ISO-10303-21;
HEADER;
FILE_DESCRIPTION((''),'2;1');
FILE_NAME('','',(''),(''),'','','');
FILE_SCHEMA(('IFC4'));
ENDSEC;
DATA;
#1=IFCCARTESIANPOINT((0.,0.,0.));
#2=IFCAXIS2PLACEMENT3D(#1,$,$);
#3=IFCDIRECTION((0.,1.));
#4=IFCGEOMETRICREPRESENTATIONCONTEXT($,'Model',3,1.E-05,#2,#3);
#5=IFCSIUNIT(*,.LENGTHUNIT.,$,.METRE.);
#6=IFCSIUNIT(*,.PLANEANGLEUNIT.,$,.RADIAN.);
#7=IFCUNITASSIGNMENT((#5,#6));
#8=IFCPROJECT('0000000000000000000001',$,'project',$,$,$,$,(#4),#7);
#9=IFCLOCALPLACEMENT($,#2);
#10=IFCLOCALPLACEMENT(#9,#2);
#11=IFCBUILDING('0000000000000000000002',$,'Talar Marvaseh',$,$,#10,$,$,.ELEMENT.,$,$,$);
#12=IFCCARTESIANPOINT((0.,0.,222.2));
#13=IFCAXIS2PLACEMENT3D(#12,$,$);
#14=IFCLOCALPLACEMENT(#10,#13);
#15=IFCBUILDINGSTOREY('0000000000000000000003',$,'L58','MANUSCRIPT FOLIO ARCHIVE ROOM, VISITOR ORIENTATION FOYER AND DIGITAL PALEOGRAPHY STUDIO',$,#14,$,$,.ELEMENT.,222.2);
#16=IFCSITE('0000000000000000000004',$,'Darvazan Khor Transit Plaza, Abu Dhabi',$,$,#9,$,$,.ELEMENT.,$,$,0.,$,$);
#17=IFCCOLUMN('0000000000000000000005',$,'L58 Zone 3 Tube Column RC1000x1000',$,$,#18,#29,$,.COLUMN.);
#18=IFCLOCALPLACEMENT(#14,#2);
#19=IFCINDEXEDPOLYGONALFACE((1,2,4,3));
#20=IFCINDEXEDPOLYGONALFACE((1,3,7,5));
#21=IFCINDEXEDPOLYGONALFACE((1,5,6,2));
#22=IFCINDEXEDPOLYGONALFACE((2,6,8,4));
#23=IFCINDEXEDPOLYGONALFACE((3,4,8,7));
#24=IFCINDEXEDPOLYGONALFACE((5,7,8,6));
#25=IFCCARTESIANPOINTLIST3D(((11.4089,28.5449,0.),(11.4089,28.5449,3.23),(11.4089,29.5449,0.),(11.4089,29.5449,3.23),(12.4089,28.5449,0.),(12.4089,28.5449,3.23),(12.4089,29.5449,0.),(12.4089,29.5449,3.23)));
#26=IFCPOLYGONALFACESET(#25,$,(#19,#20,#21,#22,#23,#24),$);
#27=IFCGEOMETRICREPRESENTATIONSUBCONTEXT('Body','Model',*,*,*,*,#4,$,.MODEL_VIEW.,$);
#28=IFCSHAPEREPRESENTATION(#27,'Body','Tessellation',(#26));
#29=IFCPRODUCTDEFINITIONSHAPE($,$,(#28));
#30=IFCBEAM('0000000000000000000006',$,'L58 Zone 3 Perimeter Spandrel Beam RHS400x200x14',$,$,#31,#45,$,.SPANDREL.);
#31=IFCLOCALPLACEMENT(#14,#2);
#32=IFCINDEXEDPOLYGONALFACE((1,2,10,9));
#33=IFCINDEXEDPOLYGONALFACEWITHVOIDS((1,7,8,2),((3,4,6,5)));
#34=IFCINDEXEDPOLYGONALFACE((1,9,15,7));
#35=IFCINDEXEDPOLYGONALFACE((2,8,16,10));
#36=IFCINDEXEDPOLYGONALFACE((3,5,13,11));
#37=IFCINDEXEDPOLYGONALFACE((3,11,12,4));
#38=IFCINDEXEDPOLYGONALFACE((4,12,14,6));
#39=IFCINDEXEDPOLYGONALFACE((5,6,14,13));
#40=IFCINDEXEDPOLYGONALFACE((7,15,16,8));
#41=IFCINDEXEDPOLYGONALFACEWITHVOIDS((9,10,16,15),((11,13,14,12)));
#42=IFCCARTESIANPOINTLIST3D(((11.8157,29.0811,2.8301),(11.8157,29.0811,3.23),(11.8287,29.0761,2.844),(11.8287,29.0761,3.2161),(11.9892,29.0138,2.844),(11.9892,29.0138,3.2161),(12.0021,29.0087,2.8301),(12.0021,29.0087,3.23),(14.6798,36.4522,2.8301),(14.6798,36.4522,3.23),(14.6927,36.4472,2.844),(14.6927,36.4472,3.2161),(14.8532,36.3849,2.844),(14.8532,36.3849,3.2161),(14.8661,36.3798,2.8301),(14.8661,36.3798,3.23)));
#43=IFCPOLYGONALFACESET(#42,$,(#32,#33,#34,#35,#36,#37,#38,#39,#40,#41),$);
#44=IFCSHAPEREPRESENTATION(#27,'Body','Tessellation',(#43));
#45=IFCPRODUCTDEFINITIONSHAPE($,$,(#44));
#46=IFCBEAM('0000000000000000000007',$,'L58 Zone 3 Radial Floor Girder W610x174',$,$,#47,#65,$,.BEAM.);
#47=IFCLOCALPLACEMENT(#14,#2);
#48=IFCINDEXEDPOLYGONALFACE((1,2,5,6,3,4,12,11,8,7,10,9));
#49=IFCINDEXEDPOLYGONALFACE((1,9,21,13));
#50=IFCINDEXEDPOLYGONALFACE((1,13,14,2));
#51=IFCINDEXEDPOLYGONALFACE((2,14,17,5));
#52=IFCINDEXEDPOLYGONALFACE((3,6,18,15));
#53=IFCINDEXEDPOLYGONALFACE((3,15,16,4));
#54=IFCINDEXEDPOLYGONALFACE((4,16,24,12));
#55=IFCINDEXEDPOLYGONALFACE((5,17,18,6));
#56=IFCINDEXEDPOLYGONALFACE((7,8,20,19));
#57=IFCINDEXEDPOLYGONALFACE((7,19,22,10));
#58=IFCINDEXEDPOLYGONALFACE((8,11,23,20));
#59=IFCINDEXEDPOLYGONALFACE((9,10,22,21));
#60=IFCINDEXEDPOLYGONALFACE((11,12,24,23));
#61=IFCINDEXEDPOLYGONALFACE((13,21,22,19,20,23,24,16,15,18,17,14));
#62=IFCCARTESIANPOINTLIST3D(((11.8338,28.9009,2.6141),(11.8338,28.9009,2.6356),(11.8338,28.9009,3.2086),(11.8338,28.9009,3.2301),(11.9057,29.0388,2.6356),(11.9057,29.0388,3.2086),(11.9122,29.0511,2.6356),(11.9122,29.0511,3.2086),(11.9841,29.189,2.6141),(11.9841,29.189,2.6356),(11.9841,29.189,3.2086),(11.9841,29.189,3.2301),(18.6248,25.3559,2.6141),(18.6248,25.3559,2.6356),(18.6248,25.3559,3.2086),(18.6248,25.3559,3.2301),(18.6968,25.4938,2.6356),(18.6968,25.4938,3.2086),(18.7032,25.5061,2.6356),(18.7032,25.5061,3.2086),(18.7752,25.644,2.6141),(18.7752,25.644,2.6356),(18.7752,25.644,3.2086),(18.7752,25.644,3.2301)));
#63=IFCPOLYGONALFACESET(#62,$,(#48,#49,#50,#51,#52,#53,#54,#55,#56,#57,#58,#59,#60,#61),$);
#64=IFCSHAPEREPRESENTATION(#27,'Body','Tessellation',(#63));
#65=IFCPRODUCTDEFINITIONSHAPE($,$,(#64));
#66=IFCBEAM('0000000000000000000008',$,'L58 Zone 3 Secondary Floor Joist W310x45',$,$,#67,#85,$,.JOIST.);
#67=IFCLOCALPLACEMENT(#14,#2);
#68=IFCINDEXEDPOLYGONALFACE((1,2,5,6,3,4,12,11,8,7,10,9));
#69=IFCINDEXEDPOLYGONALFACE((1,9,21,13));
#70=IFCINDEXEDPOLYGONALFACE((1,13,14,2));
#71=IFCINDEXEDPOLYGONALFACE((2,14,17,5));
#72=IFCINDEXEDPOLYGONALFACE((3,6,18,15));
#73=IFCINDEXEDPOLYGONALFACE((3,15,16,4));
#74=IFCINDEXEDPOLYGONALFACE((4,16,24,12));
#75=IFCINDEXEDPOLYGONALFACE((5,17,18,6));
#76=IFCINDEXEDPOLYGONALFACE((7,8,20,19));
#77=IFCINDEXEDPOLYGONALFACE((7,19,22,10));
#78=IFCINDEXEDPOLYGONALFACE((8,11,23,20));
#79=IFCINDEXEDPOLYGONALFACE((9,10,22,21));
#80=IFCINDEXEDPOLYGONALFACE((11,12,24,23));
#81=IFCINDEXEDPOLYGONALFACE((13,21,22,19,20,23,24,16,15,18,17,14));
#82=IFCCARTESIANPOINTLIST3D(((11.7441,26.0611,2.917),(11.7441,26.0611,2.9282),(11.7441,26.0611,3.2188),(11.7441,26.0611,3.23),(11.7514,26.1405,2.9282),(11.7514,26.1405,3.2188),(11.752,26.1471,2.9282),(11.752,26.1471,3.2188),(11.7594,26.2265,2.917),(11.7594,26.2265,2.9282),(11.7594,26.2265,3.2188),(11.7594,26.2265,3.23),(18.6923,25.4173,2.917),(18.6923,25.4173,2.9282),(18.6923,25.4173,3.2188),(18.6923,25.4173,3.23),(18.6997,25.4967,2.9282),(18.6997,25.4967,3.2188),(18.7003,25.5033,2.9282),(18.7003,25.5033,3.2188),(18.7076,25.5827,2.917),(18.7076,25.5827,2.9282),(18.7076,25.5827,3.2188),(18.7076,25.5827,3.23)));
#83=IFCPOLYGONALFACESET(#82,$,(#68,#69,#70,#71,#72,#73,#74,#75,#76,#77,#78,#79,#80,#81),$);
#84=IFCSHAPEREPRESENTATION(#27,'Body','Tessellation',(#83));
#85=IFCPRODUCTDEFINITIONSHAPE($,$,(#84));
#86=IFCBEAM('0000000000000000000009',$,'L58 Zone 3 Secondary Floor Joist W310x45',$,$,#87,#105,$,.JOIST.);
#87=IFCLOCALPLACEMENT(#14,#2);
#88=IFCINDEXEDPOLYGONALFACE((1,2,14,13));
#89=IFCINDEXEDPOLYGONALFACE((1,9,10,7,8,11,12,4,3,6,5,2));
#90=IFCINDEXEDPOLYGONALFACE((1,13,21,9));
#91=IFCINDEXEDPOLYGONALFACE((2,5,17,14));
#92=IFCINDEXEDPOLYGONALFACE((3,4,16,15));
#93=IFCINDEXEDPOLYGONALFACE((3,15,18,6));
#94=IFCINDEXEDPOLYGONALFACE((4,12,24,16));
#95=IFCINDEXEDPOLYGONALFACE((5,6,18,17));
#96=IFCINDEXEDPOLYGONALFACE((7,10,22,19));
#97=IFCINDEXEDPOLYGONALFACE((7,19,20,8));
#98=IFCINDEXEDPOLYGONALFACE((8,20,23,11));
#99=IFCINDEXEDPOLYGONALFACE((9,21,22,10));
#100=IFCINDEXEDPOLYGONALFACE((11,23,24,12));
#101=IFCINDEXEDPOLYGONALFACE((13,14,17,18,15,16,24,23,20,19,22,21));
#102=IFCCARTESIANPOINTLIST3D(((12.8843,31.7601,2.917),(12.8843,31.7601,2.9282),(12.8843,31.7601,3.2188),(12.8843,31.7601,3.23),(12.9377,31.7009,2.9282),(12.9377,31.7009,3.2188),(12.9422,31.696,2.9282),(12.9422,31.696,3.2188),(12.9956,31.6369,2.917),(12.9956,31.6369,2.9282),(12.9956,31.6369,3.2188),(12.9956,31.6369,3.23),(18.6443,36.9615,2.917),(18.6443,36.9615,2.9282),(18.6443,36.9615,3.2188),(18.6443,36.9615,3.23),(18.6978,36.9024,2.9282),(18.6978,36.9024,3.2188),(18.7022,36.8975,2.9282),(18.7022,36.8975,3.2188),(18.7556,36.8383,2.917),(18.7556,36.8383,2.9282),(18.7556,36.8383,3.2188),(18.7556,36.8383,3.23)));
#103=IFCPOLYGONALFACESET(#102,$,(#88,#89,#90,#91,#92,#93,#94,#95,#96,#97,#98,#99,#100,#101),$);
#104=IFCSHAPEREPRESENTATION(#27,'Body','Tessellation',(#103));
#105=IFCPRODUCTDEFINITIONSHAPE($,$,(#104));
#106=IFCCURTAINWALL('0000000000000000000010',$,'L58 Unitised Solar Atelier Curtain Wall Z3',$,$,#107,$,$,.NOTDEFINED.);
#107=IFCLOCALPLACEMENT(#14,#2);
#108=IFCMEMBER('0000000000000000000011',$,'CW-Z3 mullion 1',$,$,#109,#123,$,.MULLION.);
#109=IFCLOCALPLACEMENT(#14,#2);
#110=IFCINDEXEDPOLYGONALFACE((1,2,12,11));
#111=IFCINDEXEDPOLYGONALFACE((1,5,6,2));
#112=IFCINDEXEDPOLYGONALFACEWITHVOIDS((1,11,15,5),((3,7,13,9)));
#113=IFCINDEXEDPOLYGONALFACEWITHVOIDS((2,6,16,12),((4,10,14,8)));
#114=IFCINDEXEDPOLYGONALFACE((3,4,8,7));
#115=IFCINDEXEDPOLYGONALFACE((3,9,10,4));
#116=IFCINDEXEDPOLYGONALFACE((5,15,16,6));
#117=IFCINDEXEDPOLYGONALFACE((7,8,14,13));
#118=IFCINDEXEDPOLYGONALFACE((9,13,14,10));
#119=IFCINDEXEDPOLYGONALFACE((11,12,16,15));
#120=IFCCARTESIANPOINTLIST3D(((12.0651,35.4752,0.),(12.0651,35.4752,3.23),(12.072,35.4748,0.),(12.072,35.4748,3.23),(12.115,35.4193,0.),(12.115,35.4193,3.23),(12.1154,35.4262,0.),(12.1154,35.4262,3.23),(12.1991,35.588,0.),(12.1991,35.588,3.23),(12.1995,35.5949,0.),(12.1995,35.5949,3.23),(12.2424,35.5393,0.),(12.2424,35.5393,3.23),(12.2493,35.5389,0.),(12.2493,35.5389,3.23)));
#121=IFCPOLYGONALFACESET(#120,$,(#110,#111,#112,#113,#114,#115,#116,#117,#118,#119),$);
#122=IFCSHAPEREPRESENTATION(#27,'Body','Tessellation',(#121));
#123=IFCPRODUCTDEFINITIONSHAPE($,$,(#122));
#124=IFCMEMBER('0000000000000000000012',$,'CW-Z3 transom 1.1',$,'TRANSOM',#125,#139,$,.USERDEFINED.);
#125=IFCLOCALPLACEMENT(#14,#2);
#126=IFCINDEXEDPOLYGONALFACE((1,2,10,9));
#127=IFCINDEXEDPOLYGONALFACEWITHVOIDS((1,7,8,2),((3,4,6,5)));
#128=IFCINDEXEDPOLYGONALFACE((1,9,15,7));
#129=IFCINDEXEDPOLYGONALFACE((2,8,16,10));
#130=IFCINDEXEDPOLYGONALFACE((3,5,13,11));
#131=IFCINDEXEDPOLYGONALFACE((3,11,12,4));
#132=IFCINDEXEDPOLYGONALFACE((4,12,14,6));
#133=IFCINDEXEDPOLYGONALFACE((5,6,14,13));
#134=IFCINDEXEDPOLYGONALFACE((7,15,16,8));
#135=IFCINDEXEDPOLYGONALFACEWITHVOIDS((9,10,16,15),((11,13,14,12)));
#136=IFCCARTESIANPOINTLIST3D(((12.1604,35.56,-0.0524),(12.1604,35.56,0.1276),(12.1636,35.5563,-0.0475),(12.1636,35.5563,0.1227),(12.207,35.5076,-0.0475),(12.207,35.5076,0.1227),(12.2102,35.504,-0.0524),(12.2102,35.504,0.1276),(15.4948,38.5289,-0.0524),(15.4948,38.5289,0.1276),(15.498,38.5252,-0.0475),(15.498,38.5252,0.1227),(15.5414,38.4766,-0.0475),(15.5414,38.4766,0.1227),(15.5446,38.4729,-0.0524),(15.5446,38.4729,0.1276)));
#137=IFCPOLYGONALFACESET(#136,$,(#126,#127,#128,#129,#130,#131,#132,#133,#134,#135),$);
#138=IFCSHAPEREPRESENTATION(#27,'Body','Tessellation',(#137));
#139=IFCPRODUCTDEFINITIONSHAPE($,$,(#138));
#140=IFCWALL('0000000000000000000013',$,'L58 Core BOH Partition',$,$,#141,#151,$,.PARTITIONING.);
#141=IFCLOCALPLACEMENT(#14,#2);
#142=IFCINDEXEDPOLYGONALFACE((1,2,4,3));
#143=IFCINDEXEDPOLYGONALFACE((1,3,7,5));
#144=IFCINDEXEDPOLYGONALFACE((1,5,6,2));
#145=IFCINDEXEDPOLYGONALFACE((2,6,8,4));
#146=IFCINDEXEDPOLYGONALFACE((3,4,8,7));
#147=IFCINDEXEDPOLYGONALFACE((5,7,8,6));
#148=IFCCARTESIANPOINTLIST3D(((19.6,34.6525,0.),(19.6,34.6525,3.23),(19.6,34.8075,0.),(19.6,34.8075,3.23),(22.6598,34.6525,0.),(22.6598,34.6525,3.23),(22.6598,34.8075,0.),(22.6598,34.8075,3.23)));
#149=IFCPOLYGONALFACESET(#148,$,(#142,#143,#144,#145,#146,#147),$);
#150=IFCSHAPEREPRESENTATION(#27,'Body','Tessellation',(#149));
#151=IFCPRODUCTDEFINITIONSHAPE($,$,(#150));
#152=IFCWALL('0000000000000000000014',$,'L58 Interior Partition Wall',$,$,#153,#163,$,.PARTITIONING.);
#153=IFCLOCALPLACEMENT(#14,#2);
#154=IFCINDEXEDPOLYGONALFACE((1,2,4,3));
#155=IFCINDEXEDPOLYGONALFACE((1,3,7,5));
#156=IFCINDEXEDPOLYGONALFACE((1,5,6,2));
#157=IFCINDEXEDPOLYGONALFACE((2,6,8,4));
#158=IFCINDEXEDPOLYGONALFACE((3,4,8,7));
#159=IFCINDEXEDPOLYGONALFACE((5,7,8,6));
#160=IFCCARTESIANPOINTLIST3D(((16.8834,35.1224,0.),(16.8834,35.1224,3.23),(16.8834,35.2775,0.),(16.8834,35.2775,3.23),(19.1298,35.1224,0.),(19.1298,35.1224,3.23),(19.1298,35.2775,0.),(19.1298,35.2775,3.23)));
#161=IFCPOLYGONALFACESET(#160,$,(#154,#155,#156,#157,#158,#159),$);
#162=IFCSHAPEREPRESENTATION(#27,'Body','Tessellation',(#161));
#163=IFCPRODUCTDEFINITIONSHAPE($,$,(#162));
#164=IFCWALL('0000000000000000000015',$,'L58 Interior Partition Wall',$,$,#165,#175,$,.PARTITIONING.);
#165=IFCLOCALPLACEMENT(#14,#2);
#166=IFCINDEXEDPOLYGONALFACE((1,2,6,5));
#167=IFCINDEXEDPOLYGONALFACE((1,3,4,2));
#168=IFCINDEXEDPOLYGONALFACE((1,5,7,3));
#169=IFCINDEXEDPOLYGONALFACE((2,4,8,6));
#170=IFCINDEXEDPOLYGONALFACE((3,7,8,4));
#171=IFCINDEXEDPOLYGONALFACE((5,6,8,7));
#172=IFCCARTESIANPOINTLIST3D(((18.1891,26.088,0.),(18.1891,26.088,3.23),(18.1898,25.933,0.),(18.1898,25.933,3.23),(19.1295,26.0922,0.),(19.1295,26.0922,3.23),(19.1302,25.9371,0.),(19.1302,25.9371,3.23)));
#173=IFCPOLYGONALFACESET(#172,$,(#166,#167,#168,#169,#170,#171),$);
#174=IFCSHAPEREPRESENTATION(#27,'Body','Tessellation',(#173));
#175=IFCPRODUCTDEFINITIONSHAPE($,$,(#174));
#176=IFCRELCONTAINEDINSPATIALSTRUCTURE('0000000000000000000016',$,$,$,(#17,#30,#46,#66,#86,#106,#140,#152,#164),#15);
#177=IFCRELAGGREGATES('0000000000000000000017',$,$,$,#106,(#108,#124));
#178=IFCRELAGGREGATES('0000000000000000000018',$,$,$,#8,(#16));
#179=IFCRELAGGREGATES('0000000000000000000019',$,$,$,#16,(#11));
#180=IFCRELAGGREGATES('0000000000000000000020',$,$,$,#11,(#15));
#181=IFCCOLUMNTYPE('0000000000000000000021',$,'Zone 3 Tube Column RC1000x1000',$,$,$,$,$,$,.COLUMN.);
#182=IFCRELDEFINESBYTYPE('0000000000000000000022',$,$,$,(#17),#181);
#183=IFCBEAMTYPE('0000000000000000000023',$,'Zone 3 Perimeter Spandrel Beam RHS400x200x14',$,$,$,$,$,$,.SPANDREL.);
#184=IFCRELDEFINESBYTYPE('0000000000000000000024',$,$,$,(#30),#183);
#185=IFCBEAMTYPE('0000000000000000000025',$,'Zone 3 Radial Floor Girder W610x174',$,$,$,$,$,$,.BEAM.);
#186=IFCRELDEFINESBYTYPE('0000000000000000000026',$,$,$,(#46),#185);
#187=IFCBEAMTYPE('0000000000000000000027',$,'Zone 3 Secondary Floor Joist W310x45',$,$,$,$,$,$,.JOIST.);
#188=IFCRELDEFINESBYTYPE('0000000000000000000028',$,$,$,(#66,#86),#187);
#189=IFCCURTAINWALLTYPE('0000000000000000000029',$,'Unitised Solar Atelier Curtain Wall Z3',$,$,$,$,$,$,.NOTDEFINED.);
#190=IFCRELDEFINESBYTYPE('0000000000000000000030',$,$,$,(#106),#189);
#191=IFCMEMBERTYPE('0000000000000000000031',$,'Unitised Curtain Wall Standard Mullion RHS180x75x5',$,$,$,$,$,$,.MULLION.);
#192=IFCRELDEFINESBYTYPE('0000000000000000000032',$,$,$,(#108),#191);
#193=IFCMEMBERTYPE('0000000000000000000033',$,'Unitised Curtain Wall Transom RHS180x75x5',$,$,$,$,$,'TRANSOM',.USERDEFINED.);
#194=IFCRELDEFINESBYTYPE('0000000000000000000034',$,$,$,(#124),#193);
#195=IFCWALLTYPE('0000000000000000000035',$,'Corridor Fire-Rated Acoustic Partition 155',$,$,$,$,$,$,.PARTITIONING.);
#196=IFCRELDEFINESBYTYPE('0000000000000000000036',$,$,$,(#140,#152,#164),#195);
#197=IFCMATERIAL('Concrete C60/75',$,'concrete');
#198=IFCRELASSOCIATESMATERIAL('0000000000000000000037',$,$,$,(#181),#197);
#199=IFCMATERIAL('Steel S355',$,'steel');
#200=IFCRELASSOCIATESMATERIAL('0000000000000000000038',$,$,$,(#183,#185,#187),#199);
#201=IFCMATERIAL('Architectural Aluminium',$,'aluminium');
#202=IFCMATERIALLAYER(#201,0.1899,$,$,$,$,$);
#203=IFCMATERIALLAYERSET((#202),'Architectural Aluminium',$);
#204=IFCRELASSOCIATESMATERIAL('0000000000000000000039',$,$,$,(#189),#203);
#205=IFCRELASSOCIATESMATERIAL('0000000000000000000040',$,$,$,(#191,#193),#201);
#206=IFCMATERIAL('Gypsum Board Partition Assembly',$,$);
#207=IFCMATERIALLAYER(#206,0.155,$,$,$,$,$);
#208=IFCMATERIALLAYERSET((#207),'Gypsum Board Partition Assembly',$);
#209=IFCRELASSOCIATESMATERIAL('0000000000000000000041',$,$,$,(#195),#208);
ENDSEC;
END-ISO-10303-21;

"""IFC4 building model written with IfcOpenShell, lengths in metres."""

from ifc_helpers import new_model, si_unit, direction, frame, frame_2d, origin, origin_2d, place, context, subcontext, project, spatial, rectangle, hollow_rectangle, i_section, extrude, source, transform, mapped, material, layer, layer_set, material_profile, profile_set, type_object, type_shapes, element, aggregate, save


model = new_model("IFC4")

# Units and contexts
model_context = context("Model", 3, precision=1e-05, world=origin(), true_north=direction((0.0, 1.0)))
body_context = subcontext(model_context, "Body", "Model", "MODEL_VIEW")
ifc_project = project(units=[si_unit("LENGTHUNIT", "METRE"), si_unit("PLANEANGLEUNIT", "RADIAN")], contexts=[model_context])

# Site, building, storey
site_placement = place(None, origin())
site = spatial("IfcSite", under=ifc_project, at=site_placement, Name="Darvazan Khor Transit Plaza, Abu Dhabi", CompositionType="ELEMENT", RefElevation=0.0)
building_placement = place(site_placement, origin())
building = spatial("IfcBuilding", under=site, at=building_placement, Name="Talar Marvaseh", CompositionType="ELEMENT")
storey_placement = place(building_placement, frame((0.0, 0.0, 222.2)))
storey = spatial("IfcBuildingStorey", under=building, at=storey_placement, Name="L58", Description="MANUSCRIPT FOLIO ARCHIVE ROOM, VISITOR ORIENTATION FOYER AND DIGITAL PALEOGRAPHY STUDIO", CompositionType="ELEMENT", Elevation=222.2)

# Column
ifc_material_1 = material(Name="Concrete C60/75", Category="concrete")
ifc_material_profile_1 = material_profile(ifc_material_1, rectangle(XDim=1.0, YDim=1.0, at=origin_2d()), Name="RC1000x1000")
ifc_profile_set_1 = profile_set([ifc_material_profile_1], Name="Concrete C60/75")
column_type = type_object("IfcColumnType", Name="Zone 3 Tube Column RC1000x1000", PredefinedType="COLUMN", material=ifc_profile_set_1)
column_placement = place(storey_placement, frame((11.9089, 29.0449, 0.0), z_axis=(0.0, 0.0, 1.0), x_axis=(1.0, 0.0, 0.0)))
element("IfcColumn", 1, at=column_placement, inside=storey, type_object=column_type, Name="L58 Zone 3 Tube Column RC1000x1000", PredefinedType="COLUMN", context=body_context, shape_type="SweptSolid", body=[
    extrude(rectangle(XDim=1.0, YDim=1.0, at=origin_2d()), origin(), (0.0, 0.0, 1.0), 3.23),
])

# Beams
ifc_material_2 = material(Name="Steel S355", Category="steel")
ifc_material_profile_2 = material_profile(ifc_material_2, hollow_rectangle(XDim=0.2, YDim=0.3999, WallThickness=0.0139, at=origin_2d()), Name="RHS400x200x14")
ifc_profile_set_2 = profile_set([ifc_material_profile_2], Name="Steel S355")
beam_type_1 = type_object("IfcBeamType", Name="Zone 3 Perimeter Spandrel Beam RHS400x200x14", PredefinedType="SPANDREL", material=ifc_profile_set_2)
beam_1_placement = place(storey_placement, frame((11.9089, 29.0449, 3.03), z_axis=(0.362169, 0.932112, 0.0), x_axis=(-0.932112, 0.362169, 0.0)))
element("IfcBeam", 2, at=beam_1_placement, inside=storey, type_object=beam_type_1, Name="L58 Zone 3 Perimeter Spandrel Beam RHS400x200x14", PredefinedType="SPANDREL", context=body_context, shape_type="SweptSolid", body=[
    extrude(hollow_rectangle(XDim=0.2, YDim=0.3999, WallThickness=0.0139, at=origin_2d()), origin(), (0.0, 0.0, 1.0), 7.908),
])
ifc_material_profile_3 = material_profile(ifc_material_2, i_section(OverallWidth=0.325, OverallDepth=0.616, WebThickness=0.0139, FlangeThickness=0.0215, at=origin_2d()), Name="W610x174")
ifc_profile_set_3 = profile_set([ifc_material_profile_3], Name="Steel S355")
beam_type_2 = type_object("IfcBeamType", Name="Zone 3 Radial Floor Girder W610x174", PredefinedType="BEAM", material=ifc_profile_set_3)
beam_2_placement = place(storey_placement, frame((11.9089, 29.0449, 2.9221), z_axis=(0.886489, -0.462749, 0.0), x_axis=(0.462749, 0.886489, 0.0)))
element("IfcBeam", 3, at=beam_2_placement, inside=storey, type_object=beam_type_2, Name="L58 Zone 3 Radial Floor Girder W610x174", PredefinedType="BEAM", context=body_context, shape_type="SweptSolid", body=[
    extrude(i_section(OverallWidth=0.325, OverallDepth=0.616, WebThickness=0.0139, FlangeThickness=0.0215, at=origin_2d()), origin(), (0.0, 0.0, 1.0), 7.6606),
])
ifc_material_profile_4 = material_profile(ifc_material_2, i_section(OverallWidth=0.166, OverallDepth=0.313, WebThickness=0.0066, FlangeThickness=0.0112, at=origin_2d()), Name="W310x45")
ifc_profile_set_4 = profile_set([ifc_material_profile_4], Name="Steel S355")
beam_type_3 = type_object("IfcBeamType", Name="Zone 3 Secondary Floor Joist W310x45", PredefinedType="JOIST", material=ifc_profile_set_4)
beam_3_placement = place(storey_placement, frame((11.7517, 26.1438, 3.0735), z_axis=(0.995735, -0.092261, 0.0), x_axis=(0.092261, 0.995735, 0.0)))
element("IfcBeam", 4, at=beam_3_placement, inside=storey, type_object=beam_type_3, Name="L58 Zone 3 Secondary Floor Joist W310x45", PredefinedType="JOIST", context=body_context, shape_type="SweptSolid", body=[
    extrude(i_section(OverallWidth=0.166, OverallDepth=0.313, WebThickness=0.0066, FlangeThickness=0.0112, at=origin_2d()), origin(), (0.0, 0.0, 1.0), 6.978),
])
beam_4_placement = place(storey_placement, frame((12.9399, 31.6985, 3.0735), z_axis=(0.742178, 0.670203, 0.0), x_axis=(-0.670203, 0.742178, 0.0)))
element("IfcBeam", 5, at=beam_4_placement, inside=storey, type_object=beam_type_3, Name="L58 Zone 3 Secondary Floor Joist W310x45", PredefinedType="JOIST", context=body_context, shape_type="SweptSolid", body=[
    extrude(i_section(OverallWidth=0.166, OverallDepth=0.313, WebThickness=0.0066, FlangeThickness=0.0112, at=origin_2d()), origin(), (0.0, 0.0, 1.0), 7.761),
])

# Curtain wall, members
ifc_material_3 = material(Name="Architectural Aluminium", Category="aluminium")
ifc_layer_1 = layer(ifc_material_3, 0.1899)
ifc_layer_set_1 = layer_set([ifc_layer_1], Name="Architectural Aluminium")
curtain_wall_type = type_object("IfcCurtainWallType", Name="Unitised Solar Atelier Curtain Wall Z3", PredefinedType="NOTDEFINED", material=ifc_layer_set_1)
curtain_wall_placement = place(storey_placement, origin())
curtain_wall = element("IfcCurtainWall", 6, at=curtain_wall_placement, inside=storey, type_object=curtain_wall_type, Name="L58 Unitised Solar Atelier Curtain Wall Z3", PredefinedType="NOTDEFINED")
ifc_material_profile_5 = material_profile(ifc_material_3, hollow_rectangle(XDim=0.075, YDim=0.1799, WallThickness=0.0049, at=origin_2d()), Name="RHS180x75x5")
ifc_profile_set_5 = profile_set([ifc_material_profile_5], Name="Architectural Aluminium")
member_type_1 = type_object("IfcMemberType", Name="Unitised Curtain Wall Standard Mullion RHS180x75x5", PredefinedType="MULLION", material=ifc_profile_set_5)
shared_shape_1 = source(origin(), body_context, "Body", "SweptSolid", [
    extrude(hollow_rectangle(XDim=0.075, YDim=0.1799, WallThickness=0.0049, at=origin_2d()), origin(), (0.0, 0.0, 1.0), 3.23),
])
type_shapes(member_type_1, [shared_shape_1])
member_1_placement = place(storey_placement, frame((12.1572, 35.5071, 0.0), z_axis=(0.0, 0.0, 1.0), x_axis=(-0.664998, 0.746845, 0.0)))
member_1 = element("IfcMember", 7, at=member_1_placement, type_object=member_type_1, Name="CW-Z3 mullion 1", PredefinedType="MULLION", context=body_context, shape_type="MappedRepresentation", body=[
    mapped(shared_shape_1, transform((0.0, 0.0, 0.0), x_axis=(1.0, 0.0, 0.0), y_axis=(0.0, 1.0, 0.0), z_axis=(0.0, 0.0, 1.0), scale=1.0)),
])
ifc_material_profile_6 = material_profile(ifc_material_3, hollow_rectangle(XDim=0.075, YDim=0.1799, WallThickness=0.0049, at=origin_2d()), Name="RHS180x75x5")
ifc_profile_set_6 = profile_set([ifc_material_profile_6], Name="Architectural Aluminium")
member_type_2 = type_object("IfcMemberType", Name="Unitised Curtain Wall Transom RHS180x75x5", ElementType="TRANSOM", PredefinedType="USERDEFINED", material=ifc_profile_set_6)
shared_shape_2 = source(origin(), body_context, "Body", "SweptSolid", [
    extrude(hollow_rectangle(XDim=0.075, YDim=0.1799, WallThickness=0.0049, at=origin_2d()), origin(), (0.0, 0.0, 1.0), 4.4646),
])
type_shapes(member_type_2, [shared_shape_2])
member_2_placement = place(storey_placement, frame((12.1853, 35.532, 0.0376), z_axis=(0.746851, 0.664992, 0.0), x_axis=(-0.664992, 0.746851, 0.0)))
member_2 = element("IfcMember", 8, at=member_2_placement, type_object=member_type_2, Name="CW-Z3 transom 1.1", ObjectType="TRANSOM", PredefinedType="USERDEFINED", context=body_context, shape_type="MappedRepresentation", body=[
    mapped(shared_shape_2, transform((0.0, 0.0, 0.0), x_axis=(1.0, 0.0, 0.0), y_axis=(0.0, 1.0, 0.0), z_axis=(0.0, 0.0, 1.0), scale=1.0)),
])
aggregate(curtain_wall, [member_1, member_2])

# Walls
ifc_material_4 = material(Name="Gypsum Board Partition Assembly")
ifc_layer_2 = layer(ifc_material_4, 0.155)
ifc_layer_set_2 = layer_set([ifc_layer_2], Name="Gypsum Board Partition Assembly")
wall_type_1 = type_object("IfcWallType", Name="Corridor Fire-Rated Acoustic Partition 155", PredefinedType="PARTITIONING", material=ifc_layer_set_2)
wall_1_placement = place(storey_placement, frame((19.6001, 34.73, 0.0), z_axis=(0.0, 0.0, 1.0), x_axis=(1.0, 0.0, 0.0)))
element("IfcWall", 9, at=wall_1_placement, inside=storey, type_object=wall_type_1, Name="L58 Core BOH Partition", PredefinedType="PARTITIONING", context=body_context, shape_type="SweptSolid", body=[
    extrude(rectangle(XDim=3.0598, YDim=0.155, at=frame_2d((1.5298, 0.0))), origin(), (0.0, 0.0, 1.0), 3.23),
])
wall_2_placement = place(storey_placement, frame((16.8835, 35.2, 0.0), z_axis=(0.0, 0.0, 1.0), x_axis=(1.0, 0.0, 0.0)))
element("IfcWall", 10, at=wall_2_placement, inside=storey, type_object=wall_type_1, Name="L58 Interior Partition Wall", PredefinedType="PARTITIONING", context=body_context, shape_type="SweptSolid", body=[
    extrude(rectangle(XDim=2.2463, YDim=0.155, at=frame_2d((1.123, 0.0))), origin(), (0.0, 0.0, 1.0), 3.23),
])
wall_3_placement = place(storey_placement, frame((19.1299, 26.0146, 0.0), z_axis=(0.0, 0.0, 1.0), x_axis=(-0.99999, -0.004413, 0.0)))
element("IfcWall", 11, at=wall_3_placement, inside=storey, type_object=wall_type_1, Name="L58 Interior Partition Wall", PredefinedType="PARTITIONING", context=body_context, shape_type="SweptSolid", body=[
    extrude(rectangle(XDim=0.9404, YDim=0.155, at=frame_2d((0.4702, 0.0))), origin(), (0.0, 0.0, 1.0), 3.23),
])

save(model, "model.ifc")
